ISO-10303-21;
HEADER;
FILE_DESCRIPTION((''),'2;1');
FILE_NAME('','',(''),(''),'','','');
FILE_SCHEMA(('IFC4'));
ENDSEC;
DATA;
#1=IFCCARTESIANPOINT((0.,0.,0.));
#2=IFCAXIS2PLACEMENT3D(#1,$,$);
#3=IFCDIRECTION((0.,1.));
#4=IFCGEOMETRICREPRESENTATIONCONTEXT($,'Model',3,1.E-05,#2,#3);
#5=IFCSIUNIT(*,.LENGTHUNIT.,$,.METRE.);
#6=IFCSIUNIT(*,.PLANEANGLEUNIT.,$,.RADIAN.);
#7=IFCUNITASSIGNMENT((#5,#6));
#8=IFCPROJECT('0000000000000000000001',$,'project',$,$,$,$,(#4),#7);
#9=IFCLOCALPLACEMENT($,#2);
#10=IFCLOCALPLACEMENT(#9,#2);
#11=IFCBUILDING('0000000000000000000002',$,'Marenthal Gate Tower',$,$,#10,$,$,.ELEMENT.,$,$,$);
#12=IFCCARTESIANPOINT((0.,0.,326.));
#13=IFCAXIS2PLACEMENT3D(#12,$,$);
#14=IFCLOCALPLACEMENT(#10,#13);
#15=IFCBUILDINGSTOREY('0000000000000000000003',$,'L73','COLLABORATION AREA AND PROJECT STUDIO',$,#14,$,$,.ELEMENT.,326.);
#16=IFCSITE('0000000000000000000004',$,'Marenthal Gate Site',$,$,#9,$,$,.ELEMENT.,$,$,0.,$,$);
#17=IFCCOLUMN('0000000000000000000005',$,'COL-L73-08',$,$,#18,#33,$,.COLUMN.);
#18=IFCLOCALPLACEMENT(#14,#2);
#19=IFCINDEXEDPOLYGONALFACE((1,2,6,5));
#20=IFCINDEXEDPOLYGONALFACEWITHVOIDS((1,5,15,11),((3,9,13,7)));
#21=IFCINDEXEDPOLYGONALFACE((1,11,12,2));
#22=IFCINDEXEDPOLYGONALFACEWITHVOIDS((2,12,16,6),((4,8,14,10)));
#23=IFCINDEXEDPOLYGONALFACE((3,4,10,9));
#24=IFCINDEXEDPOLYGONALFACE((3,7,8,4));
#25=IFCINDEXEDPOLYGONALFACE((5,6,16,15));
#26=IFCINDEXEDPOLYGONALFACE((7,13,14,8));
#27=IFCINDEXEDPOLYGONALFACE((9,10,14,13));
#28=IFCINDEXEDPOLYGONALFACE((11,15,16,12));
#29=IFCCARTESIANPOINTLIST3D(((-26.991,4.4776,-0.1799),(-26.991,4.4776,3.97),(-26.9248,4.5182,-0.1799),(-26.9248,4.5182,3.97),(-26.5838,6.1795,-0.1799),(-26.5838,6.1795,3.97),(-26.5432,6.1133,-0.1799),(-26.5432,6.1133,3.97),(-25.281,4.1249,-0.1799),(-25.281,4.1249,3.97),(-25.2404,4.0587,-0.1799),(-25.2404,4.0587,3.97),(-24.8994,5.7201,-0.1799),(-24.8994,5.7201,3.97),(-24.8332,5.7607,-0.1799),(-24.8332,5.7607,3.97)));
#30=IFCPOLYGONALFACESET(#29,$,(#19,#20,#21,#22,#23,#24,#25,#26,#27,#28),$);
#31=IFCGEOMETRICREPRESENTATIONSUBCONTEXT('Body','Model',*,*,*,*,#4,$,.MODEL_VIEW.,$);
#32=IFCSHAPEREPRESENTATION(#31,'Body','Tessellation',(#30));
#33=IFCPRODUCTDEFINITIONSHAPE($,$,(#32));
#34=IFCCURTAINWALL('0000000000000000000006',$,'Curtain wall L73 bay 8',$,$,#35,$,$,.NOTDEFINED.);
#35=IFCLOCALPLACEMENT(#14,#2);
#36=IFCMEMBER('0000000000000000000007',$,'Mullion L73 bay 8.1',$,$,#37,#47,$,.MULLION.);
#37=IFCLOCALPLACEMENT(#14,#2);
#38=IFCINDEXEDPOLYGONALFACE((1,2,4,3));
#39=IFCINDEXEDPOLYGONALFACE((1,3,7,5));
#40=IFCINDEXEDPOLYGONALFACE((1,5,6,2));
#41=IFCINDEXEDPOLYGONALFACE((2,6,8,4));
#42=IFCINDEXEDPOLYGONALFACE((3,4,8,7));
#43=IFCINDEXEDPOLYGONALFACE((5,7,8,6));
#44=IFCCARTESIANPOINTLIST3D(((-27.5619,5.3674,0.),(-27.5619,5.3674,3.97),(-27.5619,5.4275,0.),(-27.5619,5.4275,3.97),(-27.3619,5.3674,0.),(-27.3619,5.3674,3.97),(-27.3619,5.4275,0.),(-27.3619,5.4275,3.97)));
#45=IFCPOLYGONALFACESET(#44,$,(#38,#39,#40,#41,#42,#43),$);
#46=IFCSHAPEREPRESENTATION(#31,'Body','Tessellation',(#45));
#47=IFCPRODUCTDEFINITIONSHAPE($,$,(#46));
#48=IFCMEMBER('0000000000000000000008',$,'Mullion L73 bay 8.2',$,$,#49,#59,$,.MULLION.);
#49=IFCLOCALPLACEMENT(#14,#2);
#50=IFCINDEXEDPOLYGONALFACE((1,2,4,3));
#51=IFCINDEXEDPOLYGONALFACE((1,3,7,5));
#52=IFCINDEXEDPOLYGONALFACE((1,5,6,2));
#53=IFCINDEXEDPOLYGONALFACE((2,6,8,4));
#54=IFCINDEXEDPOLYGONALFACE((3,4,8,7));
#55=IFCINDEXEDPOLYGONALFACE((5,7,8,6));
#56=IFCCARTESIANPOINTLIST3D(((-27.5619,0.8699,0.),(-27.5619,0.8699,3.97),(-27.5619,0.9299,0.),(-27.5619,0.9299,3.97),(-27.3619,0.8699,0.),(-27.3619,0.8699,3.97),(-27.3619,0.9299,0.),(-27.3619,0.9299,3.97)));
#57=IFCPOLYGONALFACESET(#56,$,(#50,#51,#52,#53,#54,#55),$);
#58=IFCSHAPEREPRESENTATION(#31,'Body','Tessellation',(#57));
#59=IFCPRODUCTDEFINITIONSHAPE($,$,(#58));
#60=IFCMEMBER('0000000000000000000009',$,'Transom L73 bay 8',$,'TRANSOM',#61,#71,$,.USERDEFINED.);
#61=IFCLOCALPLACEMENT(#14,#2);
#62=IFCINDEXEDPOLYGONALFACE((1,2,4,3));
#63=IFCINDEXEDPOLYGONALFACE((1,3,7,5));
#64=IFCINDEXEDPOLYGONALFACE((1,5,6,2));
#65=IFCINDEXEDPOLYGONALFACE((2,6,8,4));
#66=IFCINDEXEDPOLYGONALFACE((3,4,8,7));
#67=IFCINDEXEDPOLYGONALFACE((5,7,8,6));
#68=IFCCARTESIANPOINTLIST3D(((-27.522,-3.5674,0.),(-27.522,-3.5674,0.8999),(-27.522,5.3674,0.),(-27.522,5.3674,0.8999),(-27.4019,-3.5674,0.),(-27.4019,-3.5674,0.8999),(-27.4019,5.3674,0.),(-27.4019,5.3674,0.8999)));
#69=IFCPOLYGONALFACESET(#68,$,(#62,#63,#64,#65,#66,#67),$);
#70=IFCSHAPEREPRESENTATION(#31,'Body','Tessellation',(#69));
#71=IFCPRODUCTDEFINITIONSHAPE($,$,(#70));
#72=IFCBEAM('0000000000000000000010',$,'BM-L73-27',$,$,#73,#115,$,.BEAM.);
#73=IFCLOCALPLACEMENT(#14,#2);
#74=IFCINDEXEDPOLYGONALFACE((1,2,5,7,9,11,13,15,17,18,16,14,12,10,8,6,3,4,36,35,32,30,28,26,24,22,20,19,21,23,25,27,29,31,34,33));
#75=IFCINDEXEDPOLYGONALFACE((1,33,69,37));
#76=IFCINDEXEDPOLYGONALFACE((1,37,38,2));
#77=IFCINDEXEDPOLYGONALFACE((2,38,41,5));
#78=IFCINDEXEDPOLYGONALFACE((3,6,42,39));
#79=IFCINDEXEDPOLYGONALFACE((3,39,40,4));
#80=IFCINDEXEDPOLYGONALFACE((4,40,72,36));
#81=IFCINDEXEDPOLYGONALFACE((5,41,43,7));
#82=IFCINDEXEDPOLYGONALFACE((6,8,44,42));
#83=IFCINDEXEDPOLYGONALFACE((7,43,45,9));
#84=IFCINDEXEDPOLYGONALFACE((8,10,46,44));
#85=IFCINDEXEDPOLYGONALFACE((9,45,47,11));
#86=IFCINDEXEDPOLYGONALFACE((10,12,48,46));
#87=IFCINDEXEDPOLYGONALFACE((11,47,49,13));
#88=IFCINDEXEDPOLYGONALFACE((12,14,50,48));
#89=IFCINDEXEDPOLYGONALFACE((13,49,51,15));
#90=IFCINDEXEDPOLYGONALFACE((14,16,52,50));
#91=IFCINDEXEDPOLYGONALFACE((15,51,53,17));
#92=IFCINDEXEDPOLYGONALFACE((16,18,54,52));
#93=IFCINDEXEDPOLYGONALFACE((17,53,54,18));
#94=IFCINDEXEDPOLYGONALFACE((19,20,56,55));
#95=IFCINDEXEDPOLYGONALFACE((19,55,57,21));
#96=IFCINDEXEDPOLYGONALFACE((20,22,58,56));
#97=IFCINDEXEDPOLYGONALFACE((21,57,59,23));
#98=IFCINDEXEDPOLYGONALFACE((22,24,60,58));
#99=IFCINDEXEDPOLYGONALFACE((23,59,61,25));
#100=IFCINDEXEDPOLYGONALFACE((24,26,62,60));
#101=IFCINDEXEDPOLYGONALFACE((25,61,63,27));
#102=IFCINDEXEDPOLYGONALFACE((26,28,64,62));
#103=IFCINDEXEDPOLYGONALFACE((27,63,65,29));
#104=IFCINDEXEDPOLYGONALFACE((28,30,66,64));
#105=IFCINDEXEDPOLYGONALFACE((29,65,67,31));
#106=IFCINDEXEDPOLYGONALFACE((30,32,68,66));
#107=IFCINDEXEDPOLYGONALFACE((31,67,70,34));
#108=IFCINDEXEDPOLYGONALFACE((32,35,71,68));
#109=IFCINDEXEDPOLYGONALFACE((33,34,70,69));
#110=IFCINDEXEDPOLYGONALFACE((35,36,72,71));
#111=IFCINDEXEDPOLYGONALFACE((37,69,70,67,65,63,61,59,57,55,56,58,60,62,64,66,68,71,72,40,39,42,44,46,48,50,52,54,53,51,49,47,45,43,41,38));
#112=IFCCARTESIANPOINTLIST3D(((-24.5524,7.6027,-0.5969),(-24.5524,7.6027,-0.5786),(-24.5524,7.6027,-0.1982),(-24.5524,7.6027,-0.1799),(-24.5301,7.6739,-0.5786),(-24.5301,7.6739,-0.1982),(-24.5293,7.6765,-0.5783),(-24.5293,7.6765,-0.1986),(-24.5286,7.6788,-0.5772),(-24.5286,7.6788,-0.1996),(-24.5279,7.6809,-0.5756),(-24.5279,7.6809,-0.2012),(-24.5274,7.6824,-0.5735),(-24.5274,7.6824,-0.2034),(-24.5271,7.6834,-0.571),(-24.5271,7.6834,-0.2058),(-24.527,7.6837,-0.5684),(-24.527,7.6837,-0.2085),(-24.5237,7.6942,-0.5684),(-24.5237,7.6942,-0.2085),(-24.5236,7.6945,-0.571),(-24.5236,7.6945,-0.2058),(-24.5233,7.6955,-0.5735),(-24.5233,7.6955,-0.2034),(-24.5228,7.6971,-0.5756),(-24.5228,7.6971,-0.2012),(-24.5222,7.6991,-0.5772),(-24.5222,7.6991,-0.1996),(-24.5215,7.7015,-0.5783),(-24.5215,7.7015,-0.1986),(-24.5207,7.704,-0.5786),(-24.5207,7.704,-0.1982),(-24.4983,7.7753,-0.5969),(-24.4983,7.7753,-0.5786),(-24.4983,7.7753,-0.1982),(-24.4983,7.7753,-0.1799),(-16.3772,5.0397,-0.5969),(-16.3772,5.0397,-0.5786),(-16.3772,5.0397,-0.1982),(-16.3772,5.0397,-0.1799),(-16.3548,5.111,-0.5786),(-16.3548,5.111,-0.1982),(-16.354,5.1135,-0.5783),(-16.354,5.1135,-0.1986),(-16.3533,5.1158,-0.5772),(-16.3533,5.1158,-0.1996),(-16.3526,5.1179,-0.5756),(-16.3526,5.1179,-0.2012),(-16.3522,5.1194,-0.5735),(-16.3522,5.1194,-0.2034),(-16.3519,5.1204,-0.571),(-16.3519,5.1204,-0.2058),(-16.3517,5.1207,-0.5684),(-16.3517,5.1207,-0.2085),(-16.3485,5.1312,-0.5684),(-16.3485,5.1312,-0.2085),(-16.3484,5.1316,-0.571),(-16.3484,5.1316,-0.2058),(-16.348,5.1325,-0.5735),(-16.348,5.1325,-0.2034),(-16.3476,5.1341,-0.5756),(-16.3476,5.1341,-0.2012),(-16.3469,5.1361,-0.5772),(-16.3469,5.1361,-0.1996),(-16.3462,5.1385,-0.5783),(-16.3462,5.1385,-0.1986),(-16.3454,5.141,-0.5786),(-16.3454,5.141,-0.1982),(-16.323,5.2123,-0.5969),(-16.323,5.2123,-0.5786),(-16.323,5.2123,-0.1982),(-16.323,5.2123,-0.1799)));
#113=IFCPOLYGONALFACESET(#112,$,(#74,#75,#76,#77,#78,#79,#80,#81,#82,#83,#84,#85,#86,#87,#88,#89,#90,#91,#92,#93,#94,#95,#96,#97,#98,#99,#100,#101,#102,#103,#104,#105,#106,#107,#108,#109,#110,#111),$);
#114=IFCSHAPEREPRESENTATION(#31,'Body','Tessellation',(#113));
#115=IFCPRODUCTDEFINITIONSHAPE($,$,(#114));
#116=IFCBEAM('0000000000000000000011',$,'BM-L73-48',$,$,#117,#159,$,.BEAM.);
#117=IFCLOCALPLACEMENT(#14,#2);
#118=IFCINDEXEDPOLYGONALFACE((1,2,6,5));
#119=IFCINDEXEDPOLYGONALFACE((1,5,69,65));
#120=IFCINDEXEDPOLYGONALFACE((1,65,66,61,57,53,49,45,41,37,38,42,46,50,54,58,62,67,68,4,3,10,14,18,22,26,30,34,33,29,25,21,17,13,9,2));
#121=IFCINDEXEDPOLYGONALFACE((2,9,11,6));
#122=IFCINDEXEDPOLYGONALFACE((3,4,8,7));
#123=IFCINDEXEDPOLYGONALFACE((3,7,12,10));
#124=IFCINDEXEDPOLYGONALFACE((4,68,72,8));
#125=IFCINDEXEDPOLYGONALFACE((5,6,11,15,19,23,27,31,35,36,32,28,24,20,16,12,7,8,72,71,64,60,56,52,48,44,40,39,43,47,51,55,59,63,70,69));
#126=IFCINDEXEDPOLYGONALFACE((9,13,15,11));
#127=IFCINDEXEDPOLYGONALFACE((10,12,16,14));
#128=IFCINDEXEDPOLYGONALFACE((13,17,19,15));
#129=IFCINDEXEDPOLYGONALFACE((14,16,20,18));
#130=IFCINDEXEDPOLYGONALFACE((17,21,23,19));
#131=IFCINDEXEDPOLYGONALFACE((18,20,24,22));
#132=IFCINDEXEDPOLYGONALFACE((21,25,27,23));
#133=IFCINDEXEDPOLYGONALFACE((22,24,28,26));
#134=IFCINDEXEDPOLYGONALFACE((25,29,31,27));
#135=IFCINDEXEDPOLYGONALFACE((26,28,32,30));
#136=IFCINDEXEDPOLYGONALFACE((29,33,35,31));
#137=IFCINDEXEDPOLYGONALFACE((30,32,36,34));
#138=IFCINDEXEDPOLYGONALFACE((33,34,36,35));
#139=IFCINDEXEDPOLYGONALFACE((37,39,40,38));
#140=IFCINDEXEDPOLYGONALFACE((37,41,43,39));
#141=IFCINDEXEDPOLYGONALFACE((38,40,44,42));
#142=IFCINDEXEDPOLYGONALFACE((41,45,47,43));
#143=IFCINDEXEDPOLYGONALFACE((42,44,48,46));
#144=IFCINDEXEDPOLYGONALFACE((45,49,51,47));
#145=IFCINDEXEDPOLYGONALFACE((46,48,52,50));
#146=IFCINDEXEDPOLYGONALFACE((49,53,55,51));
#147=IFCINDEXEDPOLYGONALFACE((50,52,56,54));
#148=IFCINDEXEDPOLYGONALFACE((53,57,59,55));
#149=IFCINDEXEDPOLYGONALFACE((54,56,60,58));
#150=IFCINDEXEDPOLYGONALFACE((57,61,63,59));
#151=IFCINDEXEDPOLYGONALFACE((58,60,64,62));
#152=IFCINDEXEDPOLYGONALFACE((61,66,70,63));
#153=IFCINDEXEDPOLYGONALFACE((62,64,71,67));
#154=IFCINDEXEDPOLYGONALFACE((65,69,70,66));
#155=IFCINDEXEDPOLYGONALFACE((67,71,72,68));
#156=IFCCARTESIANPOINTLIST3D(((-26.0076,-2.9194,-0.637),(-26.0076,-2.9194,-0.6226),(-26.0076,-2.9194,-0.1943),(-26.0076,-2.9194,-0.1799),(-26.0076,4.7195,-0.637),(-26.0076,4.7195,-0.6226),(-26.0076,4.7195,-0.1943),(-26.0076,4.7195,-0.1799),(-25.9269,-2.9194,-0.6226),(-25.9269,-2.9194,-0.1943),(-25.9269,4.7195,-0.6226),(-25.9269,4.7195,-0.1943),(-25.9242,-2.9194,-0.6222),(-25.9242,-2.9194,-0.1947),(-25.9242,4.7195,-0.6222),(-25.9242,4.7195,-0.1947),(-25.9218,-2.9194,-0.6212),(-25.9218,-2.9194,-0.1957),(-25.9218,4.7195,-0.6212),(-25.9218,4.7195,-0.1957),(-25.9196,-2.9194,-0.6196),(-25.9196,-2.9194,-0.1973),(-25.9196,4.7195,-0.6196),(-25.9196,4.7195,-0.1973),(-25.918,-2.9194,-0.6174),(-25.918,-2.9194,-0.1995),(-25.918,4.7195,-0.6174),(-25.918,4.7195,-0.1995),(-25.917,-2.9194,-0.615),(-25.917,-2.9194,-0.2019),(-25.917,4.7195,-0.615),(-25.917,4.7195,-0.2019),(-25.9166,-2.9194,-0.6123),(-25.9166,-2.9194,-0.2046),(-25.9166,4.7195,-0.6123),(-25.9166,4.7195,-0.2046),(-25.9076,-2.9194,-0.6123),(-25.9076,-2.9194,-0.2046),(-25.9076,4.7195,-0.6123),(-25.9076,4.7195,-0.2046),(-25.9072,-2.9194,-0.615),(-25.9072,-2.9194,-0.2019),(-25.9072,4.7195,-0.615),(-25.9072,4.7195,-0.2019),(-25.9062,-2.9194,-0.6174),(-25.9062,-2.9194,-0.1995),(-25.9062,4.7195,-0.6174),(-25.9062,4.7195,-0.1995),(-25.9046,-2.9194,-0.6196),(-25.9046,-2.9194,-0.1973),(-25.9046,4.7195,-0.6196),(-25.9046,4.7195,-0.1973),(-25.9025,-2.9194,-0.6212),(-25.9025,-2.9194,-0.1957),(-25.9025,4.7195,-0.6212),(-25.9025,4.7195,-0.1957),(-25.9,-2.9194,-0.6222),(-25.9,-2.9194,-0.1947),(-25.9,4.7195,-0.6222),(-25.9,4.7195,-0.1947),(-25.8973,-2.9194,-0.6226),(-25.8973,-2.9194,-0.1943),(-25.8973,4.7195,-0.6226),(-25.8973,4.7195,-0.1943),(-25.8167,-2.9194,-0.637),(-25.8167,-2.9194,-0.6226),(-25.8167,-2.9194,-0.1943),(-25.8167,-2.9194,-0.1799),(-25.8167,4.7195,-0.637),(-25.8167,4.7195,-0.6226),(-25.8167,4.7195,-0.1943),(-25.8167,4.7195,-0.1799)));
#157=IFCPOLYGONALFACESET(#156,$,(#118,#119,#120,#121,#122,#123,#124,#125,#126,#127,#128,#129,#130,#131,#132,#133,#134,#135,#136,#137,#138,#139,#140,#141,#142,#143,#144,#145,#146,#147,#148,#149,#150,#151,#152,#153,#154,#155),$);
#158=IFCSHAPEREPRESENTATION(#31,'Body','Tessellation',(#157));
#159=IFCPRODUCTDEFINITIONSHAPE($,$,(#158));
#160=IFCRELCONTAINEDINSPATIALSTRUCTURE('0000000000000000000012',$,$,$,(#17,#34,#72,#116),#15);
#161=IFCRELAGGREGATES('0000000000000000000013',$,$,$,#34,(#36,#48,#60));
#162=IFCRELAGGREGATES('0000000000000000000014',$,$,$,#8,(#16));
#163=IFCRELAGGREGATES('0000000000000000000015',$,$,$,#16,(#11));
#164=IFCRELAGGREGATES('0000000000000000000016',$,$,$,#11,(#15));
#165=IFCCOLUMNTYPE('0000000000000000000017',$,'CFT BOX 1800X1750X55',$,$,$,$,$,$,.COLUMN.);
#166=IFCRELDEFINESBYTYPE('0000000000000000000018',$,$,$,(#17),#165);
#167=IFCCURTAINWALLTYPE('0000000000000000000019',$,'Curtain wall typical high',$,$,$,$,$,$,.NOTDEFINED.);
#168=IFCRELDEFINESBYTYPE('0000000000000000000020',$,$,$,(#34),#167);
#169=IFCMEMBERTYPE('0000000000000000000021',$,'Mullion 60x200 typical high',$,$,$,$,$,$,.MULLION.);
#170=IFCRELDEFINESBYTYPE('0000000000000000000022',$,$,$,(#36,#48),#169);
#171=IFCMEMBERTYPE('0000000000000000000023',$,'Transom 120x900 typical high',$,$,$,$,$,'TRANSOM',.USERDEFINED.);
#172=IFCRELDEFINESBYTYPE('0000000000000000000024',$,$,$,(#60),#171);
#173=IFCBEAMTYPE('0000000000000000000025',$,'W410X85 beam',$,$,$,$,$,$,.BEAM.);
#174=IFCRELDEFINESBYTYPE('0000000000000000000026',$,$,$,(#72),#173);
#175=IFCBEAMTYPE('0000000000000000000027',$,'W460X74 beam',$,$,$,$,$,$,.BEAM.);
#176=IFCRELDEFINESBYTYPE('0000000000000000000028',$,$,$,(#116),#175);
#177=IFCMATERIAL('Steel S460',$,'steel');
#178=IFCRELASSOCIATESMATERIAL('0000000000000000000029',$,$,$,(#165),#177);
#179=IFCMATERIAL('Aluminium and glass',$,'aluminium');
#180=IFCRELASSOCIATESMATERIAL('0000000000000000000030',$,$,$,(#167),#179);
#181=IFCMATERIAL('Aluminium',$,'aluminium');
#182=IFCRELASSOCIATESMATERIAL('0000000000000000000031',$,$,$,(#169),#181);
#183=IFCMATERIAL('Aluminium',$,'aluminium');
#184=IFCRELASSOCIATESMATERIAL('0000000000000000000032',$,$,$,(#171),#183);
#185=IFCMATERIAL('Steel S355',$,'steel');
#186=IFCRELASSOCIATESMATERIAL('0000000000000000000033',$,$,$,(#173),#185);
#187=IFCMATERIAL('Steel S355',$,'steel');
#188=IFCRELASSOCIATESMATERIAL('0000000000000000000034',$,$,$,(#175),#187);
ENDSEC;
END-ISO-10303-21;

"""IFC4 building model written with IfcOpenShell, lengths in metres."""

from ifc_helpers import new_model, si_unit, direction, frame, origin, origin_2d, place, context, subcontext, project, spatial, rectangle, hollow_rectangle, i_section, extrude, material, material_profile, profile_set, type_object, element, aggregate, save


model = new_model("IFC4")

# Units and contexts
model_context = context("Model", 3, precision=1e-05, world=origin(), true_north=direction((0.0, 1.0)))
body_context = subcontext(model_context, "Body", "Model", "MODEL_VIEW")
ifc_project = project(units=[si_unit("LENGTHUNIT", "METRE"), si_unit("PLANEANGLEUNIT", "RADIAN")], contexts=[model_context])

# Site, building, storey
site_placement = place(None, origin())
site = spatial("IfcSite", under=ifc_project, at=site_placement, Name="Marenthal Gate Site", CompositionType="ELEMENT", RefElevation=0.0)
building_placement = place(site_placement, origin())
building = spatial("IfcBuilding", under=site, at=building_placement, Name="Marenthal Gate Tower", CompositionType="ELEMENT")
storey_placement = place(building_placement, frame((0.0, 0.0, 326.0)))
storey = spatial("IfcBuildingStorey", under=building, at=storey_placement, Name="L73", Description="COLLABORATION AREA AND PROJECT STUDIO", CompositionType="ELEMENT", Elevation=326.0)

# Column
ifc_material_1 = material(Name="Steel S460", Category="steel")
ifc_material_profile_1 = material_profile(ifc_material_1, hollow_rectangle(XDim=1.75, YDim=1.8, WallThickness=0.0549, at=origin_2d()), Name="CFT BOX 1800X1750X55")
ifc_material_2 = material(Name="Concrete 70 MPa", Category="concrete")
ifc_material_profile_2 = material_profile(ifc_material_2, rectangle(XDim=1.6399, YDim=1.6899, at=origin_2d()), Name="CFT BOX 1800X1750X55 INFILL")
ifc_profile_set_1 = profile_set([ifc_material_profile_1, ifc_material_profile_2], Name="Steel S460 shell, Concrete 70 MPa infill")
column_type = type_object("IfcColumnType", Name="CFT BOX 1800X1750X55", PredefinedType="COLUMN", material=ifc_profile_set_1)
column_placement = place(storey_placement, frame((-25.9121, 5.1191, -0.1799), z_axis=(0.0, 0.0, 1.0), x_axis=(0.232677, 0.972554, 0.0)))
element("IfcColumn", 1, at=column_placement, inside=storey, type_object=column_type, Name="COL-L73-08", PredefinedType="COLUMN", context=body_context, shape_type="SweptSolid", body=[
    extrude(hollow_rectangle(XDim=1.75, YDim=1.8, WallThickness=0.0549, at=origin_2d()), origin(), (0.0, 0.0, 1.0), 4.1499),
])

# Curtain wall, members
ifc_material_3 = material(Name="Aluminium and glass", Category="aluminium")
curtain_wall_type = type_object("IfcCurtainWallType", Name="Curtain wall typical high", PredefinedType="NOTDEFINED", material=ifc_material_3)
curtain_wall_placement = place(storey_placement, origin())
curtain_wall = element("IfcCurtainWall", 2, at=curtain_wall_placement, inside=storey, type_object=curtain_wall_type, Name="Curtain wall L73 bay 8", PredefinedType="NOTDEFINED")
ifc_material_4 = material(Name="Aluminium", Category="aluminium")
ifc_material_profile_3 = material_profile(ifc_material_4, rectangle(XDim=0.2, YDim=0.0601, at=origin_2d()), Name="60x200 aluminium mullion")
ifc_profile_set_2 = profile_set([ifc_material_profile_3], Name="Aluminium")
member_type_1 = type_object("IfcMemberType", Name="Mullion 60x200 typical high", PredefinedType="MULLION", material=ifc_profile_set_2)
member_1_placement = place(storey_placement, frame((-27.4619, 5.3975, 0.0), z_axis=(0.0, 0.0, 1.0), x_axis=(1.0, 0.0, 0.0)))
member_1 = element("IfcMember", 3, at=member_1_placement, type_object=member_type_1, Name="Mullion L73 bay 8.1", PredefinedType="MULLION", context=body_context, shape_type="SweptSolid", body=[
    extrude(rectangle(XDim=0.2, YDim=0.0601, at=origin_2d()), origin(), (0.0, 0.0, 1.0), 3.97),
])
member_2_placement = place(storey_placement, frame((-27.4619, 0.8999, 0.0), z_axis=(0.0, 0.0, 1.0), x_axis=(1.0, 0.0, 0.0)))
member_2 = element("IfcMember", 4, at=member_2_placement, type_object=member_type_1, Name="Mullion L73 bay 8.2", PredefinedType="MULLION", context=body_context, shape_type="SweptSolid", body=[
    extrude(rectangle(XDim=0.2, YDim=0.0601, at=origin_2d()), origin(), (0.0, 0.0, 1.0), 3.97),
])
ifc_material_5 = material(Name="Aluminium", Category="aluminium")
ifc_material_profile_4 = material_profile(ifc_material_5, rectangle(XDim=0.1201, YDim=0.8999, at=origin_2d()), Name="120x900 aluminium transom")
ifc_profile_set_3 = profile_set([ifc_material_profile_4], Name="Aluminium")
member_type_2 = type_object("IfcMemberType", Name="Transom 120x900 typical high", ElementType="TRANSOM", PredefinedType="USERDEFINED", material=ifc_profile_set_3)
member_3_placement = place(storey_placement, frame((-27.4619, 5.3674, 0.45), z_axis=(0.0, -1.0, 0.0), x_axis=(1.0, 0.0, 0.0)))
member_3 = element("IfcMember", 5, at=member_3_placement, type_object=member_type_2, Name="Transom L73 bay 8", ObjectType="TRANSOM", PredefinedType="USERDEFINED", context=body_context, shape_type="SweptSolid", body=[
    extrude(rectangle(XDim=0.1201, YDim=0.8999, at=origin_2d()), origin(), (0.0, 0.0, 1.0), 8.9348),
])

# Beams
ifc_material_6 = material(Name="Steel S355", Category="steel")
ifc_material_profile_5 = material_profile(ifc_material_6, i_section(OverallWidth=0.1809, OverallDepth=0.417, WebThickness=0.011, FlangeThickness=0.0183, FilletRadius=0.0103, at=origin_2d()), Name="W410X85")
ifc_profile_set_4 = profile_set([ifc_material_profile_5], Name="Steel S355")
beam_type_1 = type_object("IfcBeamType", Name="W410X85 beam", PredefinedType="BEAM", material=ifc_profile_set_4)
beam_1_placement = place(storey_placement, frame((-24.5254, 7.689, -0.3884), z_axis=(0.954207, -0.299148, 0.0), x_axis=(0.299148, 0.954207, 0.0)))
element("IfcBeam", 6, at=beam_1_placement, inside=storey, type_object=beam_type_1, Name="BM-L73-27", PredefinedType="BEAM", context=body_context, shape_type="SweptSolid", body=[
    extrude(i_section(OverallWidth=0.1809, OverallDepth=0.417, WebThickness=0.011, FlangeThickness=0.0183, FilletRadius=0.0103, at=origin_2d()), origin(), (0.0, 0.0, 1.0), 8.5676),
])
ifc_material_7 = material(Name="Steel S355", Category="steel")
ifc_material_profile_6 = material_profile(ifc_material_7, i_section(OverallWidth=0.1909, OverallDepth=0.457, WebThickness=0.009, FlangeThickness=0.0144, FilletRadius=0.0103, at=origin_2d()), Name="W460X74")
ifc_profile_set_5 = profile_set([ifc_material_profile_6], Name="Steel S355")
beam_type_2 = type_object("IfcBeamType", Name="W460X74 beam", PredefinedType="BEAM", material=ifc_profile_set_5)
beam_2_placement = place(storey_placement, frame((-25.9121, 4.7195, -0.4084), z_axis=(0.0, -1.0, 0.0), x_axis=(1.0, 0.0, 0.0)))
element("IfcBeam", 7, at=beam_2_placement, inside=storey, type_object=beam_type_2, Name="BM-L73-48", PredefinedType="BEAM", context=body_context, shape_type="SweptSolid", body=[
    extrude(i_section(OverallWidth=0.1909, OverallDepth=0.457, WebThickness=0.009, FlangeThickness=0.0144, FilletRadius=0.0103, at=origin_2d()), origin(), (0.0, 0.0, 1.0), 7.6389),
])

aggregate(curtain_wall, [member_1, member_2, member_3])

save(model, "model.ifc")
